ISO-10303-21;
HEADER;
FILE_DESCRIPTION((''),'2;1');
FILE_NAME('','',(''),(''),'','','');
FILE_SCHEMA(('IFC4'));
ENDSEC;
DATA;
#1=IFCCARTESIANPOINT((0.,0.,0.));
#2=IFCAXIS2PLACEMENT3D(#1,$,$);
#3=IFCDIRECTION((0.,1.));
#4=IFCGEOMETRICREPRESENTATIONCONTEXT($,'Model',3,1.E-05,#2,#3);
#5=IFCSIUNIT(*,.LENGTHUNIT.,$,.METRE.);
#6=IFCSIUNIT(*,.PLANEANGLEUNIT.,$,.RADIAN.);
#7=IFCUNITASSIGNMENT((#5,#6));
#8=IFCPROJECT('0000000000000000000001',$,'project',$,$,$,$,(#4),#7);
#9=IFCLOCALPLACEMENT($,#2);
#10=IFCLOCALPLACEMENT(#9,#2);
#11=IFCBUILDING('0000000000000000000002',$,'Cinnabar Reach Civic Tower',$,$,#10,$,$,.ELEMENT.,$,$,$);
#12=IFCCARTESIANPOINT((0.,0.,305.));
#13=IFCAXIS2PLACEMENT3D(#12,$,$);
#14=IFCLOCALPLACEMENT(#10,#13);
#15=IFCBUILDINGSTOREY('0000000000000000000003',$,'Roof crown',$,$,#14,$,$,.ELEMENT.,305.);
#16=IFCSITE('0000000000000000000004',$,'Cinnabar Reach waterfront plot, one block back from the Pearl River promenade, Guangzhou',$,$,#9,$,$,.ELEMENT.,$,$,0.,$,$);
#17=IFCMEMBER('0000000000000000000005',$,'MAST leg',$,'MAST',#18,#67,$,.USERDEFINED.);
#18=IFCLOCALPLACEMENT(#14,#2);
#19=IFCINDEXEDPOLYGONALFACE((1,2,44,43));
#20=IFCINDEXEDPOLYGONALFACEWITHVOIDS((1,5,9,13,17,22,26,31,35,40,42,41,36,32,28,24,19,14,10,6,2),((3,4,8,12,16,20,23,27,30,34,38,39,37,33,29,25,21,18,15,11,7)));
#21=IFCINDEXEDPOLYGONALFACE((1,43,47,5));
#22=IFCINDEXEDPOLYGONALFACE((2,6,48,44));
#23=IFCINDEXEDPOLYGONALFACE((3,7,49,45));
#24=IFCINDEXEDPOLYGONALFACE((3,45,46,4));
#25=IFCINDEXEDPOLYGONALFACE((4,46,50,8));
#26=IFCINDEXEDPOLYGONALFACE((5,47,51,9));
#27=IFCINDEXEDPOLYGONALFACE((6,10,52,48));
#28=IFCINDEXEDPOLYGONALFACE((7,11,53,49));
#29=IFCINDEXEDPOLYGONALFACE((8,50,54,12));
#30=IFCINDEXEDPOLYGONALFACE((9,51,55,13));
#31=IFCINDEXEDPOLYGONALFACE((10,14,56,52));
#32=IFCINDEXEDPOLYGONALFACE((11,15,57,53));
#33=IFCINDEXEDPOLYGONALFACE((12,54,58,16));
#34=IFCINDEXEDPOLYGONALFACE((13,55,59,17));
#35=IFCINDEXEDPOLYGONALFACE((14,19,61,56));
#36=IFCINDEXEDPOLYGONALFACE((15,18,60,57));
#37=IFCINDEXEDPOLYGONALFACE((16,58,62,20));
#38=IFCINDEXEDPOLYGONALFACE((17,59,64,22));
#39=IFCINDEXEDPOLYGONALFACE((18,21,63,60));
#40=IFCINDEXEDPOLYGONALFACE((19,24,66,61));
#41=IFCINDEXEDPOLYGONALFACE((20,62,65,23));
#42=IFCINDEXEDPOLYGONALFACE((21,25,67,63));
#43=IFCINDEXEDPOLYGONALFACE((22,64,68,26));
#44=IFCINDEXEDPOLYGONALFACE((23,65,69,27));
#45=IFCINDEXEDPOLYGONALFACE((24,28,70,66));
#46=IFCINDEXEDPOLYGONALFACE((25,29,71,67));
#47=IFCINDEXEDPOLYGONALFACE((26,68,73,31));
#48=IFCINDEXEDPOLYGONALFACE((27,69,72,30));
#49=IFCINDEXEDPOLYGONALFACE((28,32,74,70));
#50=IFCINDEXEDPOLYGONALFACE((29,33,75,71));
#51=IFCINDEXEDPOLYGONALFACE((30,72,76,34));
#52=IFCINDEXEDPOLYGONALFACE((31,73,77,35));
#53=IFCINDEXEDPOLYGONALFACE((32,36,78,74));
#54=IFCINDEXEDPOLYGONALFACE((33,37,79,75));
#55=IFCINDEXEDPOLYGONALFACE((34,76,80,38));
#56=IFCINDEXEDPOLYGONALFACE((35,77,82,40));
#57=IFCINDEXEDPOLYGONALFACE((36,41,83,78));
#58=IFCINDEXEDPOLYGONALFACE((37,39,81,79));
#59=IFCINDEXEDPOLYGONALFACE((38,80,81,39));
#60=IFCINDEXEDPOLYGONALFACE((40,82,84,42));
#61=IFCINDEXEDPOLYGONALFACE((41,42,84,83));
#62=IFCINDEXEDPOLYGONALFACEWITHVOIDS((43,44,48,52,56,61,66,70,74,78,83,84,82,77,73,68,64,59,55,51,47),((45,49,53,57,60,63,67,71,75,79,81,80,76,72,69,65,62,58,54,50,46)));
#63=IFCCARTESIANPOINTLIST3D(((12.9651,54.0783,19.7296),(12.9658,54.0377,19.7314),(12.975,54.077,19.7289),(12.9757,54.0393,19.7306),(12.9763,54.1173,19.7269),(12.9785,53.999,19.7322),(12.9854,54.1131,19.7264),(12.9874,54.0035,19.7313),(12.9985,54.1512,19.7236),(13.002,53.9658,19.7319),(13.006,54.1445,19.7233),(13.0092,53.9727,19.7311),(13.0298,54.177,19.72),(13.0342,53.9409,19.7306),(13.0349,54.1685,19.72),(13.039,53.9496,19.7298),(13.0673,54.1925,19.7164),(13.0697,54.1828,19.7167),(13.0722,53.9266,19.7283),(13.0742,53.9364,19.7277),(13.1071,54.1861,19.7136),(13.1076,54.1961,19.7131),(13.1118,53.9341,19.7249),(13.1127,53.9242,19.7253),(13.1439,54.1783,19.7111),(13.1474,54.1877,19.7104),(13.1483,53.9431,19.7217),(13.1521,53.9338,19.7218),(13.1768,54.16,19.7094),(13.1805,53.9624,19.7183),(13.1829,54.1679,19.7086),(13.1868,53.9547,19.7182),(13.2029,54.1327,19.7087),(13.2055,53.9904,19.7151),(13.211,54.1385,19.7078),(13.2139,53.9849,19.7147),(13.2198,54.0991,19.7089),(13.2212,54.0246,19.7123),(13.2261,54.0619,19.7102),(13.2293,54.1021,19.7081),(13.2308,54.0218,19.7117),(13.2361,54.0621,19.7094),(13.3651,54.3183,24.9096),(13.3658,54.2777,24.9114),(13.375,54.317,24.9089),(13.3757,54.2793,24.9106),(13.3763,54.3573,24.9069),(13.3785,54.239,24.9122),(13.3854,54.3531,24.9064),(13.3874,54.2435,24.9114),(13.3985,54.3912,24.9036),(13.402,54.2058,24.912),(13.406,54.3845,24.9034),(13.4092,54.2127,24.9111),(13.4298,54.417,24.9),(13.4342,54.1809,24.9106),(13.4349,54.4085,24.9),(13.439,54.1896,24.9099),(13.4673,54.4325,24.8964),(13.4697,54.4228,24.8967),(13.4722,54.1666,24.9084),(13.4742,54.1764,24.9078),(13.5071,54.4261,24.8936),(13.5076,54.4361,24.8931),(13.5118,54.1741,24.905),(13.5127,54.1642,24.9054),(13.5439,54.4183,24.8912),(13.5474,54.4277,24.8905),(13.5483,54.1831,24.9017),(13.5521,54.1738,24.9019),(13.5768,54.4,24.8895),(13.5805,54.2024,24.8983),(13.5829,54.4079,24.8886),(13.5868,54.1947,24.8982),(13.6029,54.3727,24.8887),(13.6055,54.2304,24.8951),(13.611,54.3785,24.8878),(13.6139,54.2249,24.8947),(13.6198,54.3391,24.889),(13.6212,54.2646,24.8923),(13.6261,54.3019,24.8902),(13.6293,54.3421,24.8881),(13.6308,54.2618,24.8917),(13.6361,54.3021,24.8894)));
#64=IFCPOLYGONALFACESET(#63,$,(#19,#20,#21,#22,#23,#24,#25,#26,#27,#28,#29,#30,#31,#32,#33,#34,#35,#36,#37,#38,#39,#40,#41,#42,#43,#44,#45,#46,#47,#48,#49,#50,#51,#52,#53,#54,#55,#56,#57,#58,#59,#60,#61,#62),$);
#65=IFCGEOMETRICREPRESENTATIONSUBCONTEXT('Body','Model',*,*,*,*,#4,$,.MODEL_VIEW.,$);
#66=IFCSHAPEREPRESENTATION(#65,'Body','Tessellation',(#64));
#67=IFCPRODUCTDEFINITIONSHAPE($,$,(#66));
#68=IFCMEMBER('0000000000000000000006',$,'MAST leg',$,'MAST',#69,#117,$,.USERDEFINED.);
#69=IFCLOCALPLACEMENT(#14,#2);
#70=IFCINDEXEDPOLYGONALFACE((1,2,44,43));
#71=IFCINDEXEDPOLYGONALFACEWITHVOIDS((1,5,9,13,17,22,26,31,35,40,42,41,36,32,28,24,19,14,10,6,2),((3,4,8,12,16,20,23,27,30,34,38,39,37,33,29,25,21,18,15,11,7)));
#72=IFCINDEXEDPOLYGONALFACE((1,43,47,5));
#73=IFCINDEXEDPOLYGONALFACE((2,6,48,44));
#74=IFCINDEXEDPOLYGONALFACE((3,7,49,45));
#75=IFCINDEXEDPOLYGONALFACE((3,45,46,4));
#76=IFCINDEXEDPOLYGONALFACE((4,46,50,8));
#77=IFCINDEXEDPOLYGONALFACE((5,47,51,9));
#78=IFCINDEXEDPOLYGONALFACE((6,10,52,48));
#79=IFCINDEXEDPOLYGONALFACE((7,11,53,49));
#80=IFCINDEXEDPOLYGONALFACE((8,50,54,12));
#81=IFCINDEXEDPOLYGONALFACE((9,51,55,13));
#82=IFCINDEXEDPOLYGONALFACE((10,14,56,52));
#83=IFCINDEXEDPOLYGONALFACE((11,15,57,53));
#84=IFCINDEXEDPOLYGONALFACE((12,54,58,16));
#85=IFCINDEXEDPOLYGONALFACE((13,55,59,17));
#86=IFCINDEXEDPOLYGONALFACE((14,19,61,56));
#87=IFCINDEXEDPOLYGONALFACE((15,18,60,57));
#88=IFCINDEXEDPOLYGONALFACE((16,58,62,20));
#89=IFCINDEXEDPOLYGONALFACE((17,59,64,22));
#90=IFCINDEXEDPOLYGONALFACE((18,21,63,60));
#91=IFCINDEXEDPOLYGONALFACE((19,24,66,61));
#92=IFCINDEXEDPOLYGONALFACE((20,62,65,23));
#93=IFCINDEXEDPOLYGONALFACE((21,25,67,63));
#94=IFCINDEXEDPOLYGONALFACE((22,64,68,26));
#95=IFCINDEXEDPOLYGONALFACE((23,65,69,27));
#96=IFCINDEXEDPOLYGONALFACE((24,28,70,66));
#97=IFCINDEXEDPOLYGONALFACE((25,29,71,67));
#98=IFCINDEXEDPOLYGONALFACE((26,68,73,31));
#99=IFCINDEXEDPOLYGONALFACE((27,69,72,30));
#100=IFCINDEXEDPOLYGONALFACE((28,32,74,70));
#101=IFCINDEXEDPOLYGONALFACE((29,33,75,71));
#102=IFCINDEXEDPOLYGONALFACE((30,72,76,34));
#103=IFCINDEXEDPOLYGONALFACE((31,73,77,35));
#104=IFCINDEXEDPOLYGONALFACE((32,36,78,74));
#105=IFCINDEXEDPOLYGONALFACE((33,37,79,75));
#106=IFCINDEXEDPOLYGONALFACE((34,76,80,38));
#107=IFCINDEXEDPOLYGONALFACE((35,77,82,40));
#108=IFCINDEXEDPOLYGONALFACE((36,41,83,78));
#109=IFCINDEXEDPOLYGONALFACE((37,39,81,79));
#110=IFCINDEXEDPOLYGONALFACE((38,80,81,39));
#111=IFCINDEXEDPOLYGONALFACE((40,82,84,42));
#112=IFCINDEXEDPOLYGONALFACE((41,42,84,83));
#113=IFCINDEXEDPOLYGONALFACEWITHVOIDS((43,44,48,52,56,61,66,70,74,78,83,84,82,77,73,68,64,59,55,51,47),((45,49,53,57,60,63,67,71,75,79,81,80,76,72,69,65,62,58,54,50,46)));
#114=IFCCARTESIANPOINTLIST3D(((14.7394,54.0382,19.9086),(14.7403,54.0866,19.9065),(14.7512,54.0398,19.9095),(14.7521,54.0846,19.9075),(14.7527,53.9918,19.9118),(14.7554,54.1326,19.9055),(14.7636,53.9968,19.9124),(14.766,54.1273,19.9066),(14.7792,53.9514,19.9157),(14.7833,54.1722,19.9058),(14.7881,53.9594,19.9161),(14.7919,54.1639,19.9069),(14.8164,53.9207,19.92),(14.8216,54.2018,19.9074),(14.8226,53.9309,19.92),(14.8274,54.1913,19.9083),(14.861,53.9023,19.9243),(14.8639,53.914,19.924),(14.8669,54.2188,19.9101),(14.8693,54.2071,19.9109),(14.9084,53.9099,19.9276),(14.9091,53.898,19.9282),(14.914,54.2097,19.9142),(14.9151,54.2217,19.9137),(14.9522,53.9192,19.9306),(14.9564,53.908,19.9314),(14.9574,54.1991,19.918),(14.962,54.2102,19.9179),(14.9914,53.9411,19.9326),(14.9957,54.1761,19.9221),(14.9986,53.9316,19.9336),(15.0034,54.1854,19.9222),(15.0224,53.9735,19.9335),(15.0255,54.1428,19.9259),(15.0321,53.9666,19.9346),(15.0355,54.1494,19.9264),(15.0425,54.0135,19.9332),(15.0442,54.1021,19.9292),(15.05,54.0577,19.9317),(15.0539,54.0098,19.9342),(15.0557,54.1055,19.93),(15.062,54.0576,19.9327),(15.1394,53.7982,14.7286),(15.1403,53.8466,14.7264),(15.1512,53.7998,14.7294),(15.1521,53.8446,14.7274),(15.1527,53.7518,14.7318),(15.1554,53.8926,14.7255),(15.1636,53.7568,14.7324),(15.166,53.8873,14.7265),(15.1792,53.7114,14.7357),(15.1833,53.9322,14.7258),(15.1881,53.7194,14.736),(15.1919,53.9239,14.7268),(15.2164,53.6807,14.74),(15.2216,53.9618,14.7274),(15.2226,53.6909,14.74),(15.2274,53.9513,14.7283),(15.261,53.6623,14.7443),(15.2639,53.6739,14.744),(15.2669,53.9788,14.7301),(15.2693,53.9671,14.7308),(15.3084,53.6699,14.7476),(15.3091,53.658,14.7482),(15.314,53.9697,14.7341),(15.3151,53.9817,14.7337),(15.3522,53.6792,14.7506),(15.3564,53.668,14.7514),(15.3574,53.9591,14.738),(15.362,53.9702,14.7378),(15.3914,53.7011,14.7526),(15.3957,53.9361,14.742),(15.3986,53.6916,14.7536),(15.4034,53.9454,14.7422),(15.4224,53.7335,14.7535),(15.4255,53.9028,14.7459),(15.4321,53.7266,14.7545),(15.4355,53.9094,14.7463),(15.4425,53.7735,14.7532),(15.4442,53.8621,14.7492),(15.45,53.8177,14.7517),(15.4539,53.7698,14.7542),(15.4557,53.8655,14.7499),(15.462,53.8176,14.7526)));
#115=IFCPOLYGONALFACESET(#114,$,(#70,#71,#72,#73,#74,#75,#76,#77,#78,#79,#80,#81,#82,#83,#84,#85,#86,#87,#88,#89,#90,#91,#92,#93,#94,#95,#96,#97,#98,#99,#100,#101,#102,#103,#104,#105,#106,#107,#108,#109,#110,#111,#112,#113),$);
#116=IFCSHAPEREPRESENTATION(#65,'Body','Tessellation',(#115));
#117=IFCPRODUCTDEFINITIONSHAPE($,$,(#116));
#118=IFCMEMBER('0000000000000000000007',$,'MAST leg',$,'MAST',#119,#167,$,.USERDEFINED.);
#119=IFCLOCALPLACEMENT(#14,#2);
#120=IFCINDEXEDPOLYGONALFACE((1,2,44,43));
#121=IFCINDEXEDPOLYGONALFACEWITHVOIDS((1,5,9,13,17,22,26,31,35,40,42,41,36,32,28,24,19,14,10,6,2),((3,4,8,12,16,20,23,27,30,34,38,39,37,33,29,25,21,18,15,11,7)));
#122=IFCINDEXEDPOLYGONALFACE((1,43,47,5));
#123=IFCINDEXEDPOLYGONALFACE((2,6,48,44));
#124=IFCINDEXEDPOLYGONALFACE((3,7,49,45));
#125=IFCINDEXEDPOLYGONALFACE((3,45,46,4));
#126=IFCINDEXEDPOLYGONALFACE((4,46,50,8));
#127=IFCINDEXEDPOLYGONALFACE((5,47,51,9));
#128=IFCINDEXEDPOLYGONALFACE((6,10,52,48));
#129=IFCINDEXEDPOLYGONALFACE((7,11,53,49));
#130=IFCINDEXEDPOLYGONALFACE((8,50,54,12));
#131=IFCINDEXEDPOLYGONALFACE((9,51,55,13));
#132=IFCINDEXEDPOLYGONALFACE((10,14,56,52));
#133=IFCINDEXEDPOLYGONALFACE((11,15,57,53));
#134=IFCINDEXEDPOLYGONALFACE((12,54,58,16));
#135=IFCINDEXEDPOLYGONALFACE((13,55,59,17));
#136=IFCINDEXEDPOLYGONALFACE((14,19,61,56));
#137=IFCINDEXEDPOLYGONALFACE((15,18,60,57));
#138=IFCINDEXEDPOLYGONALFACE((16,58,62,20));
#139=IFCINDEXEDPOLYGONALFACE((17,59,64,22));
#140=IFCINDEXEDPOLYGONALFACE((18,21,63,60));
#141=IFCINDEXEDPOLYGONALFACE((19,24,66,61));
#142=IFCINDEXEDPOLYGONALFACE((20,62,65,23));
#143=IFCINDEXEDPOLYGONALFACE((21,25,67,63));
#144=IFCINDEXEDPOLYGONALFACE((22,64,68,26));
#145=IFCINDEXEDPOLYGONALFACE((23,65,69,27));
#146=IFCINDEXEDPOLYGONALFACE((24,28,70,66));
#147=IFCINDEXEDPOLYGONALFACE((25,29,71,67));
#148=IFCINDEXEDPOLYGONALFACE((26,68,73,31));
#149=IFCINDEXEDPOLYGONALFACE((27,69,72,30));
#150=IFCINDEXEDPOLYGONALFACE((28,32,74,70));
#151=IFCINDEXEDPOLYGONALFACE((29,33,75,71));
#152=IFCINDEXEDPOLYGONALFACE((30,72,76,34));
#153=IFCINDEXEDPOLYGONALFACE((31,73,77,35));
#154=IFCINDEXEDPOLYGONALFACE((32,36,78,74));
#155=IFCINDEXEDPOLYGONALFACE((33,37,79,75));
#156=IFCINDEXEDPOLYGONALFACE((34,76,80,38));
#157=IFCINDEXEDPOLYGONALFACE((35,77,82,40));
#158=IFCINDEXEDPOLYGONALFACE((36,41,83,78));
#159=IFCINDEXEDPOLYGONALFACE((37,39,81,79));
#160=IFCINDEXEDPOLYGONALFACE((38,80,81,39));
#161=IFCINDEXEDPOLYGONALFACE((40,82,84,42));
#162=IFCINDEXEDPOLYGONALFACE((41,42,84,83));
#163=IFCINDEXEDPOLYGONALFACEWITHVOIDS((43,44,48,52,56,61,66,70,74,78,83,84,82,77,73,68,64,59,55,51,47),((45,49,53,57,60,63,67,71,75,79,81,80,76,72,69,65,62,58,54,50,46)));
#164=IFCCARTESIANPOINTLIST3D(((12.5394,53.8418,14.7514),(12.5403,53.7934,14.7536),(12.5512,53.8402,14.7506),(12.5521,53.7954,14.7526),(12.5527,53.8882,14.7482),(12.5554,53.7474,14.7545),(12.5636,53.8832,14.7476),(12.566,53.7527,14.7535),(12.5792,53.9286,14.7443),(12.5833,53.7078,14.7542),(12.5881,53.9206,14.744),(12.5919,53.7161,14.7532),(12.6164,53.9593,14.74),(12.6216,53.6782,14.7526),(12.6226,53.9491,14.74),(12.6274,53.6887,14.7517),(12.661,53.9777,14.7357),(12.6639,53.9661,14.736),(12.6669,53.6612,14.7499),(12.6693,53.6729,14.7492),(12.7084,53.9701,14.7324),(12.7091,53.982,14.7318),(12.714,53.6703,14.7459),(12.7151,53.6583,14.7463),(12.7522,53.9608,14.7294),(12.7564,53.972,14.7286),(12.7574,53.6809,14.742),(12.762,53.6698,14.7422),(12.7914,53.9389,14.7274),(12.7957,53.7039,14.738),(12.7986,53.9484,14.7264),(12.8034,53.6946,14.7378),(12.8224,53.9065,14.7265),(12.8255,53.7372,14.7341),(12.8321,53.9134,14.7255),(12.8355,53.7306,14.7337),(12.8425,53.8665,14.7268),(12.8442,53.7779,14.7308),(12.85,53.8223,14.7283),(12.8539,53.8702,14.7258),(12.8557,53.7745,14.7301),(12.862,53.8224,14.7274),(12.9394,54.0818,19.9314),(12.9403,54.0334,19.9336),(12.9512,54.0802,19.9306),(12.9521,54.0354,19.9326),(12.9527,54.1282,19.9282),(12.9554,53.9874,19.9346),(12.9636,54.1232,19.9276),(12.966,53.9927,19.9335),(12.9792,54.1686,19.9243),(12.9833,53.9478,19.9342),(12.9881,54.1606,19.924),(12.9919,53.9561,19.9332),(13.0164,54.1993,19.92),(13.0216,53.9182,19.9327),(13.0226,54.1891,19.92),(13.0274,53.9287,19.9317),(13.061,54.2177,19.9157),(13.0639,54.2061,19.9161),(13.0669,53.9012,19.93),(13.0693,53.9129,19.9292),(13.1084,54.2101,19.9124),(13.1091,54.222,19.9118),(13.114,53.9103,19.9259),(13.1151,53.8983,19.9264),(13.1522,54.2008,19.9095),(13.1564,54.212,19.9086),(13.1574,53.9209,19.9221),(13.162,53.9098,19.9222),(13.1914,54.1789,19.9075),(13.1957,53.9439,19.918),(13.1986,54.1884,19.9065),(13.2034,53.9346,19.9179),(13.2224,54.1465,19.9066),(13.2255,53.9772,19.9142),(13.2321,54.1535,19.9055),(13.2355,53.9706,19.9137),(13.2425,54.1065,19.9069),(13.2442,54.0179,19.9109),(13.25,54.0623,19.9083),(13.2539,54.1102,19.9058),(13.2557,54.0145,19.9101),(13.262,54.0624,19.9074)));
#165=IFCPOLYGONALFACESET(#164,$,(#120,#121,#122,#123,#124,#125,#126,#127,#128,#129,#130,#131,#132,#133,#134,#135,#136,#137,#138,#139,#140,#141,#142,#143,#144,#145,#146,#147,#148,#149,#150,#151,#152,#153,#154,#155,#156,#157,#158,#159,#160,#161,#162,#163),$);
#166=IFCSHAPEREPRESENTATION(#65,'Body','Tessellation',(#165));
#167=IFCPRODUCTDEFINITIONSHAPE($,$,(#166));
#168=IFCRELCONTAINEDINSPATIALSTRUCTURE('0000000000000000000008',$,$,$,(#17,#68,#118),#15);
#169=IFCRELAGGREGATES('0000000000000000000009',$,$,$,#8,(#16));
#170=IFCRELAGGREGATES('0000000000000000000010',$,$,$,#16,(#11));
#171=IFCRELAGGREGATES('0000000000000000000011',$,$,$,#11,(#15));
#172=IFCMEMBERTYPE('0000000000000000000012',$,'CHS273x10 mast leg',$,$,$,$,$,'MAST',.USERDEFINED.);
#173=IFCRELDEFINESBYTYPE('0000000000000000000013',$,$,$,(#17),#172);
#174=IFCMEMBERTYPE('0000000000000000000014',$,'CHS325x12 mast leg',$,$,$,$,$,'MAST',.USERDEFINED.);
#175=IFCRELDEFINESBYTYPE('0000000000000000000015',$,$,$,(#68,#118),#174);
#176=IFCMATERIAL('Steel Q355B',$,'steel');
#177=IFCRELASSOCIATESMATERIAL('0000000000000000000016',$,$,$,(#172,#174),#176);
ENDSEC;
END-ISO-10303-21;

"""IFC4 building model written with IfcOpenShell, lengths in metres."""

from ifc_helpers import new_model, si_unit, direction, frame, origin, origin_2d, place, context, subcontext, project, spatial, hollow_circle, extrude, material, material_profile, profile_set, type_object, element, save


model = new_model("IFC4")

# Units and contexts
model_context = context("Model", 3, precision=1e-05, world=origin(), true_north=direction((0.0, 1.0)))
body_context = subcontext(model_context, "Body", "Model", "MODEL_VIEW")
ifc_project = project(units=[si_unit("LENGTHUNIT", "METRE"), si_unit("PLANEANGLEUNIT", "RADIAN")], contexts=[model_context])

# Site, building, storey
site_placement = place(None, origin())
site = spatial("IfcSite", under=ifc_project, at=site_placement, Name="Cinnabar Reach waterfront plot, one block back from the Pearl River promenade, Guangzhou", CompositionType="ELEMENT", RefElevation=0.0)
building_placement = place(site_placement, origin())
building = spatial("IfcBuilding", under=site, at=building_placement, Name="Cinnabar Reach Civic Tower", CompositionType="ELEMENT")
storey_placement = place(building_placement, frame((0.0, 0.0, 305.0)))
storey = spatial("IfcBuildingStorey", under=building, at=storey_placement, Name="Roof crown", CompositionType="ELEMENT", Elevation=305.0)

# Members
ifc_material_1 = material(Name="Steel Q355B", Category="steel")
ifc_material_profile_1 = material_profile(ifc_material_1, hollow_circle(Radius=0.1365, WallThickness=0.01, at=origin_2d()), Name="CHS273x10")
ifc_profile_set_1 = profile_set([ifc_material_profile_1], Name="Steel Q355B")
member_type_1 = type_object("IfcMemberType", Name="CHS273x10 mast leg", ElementType="MAST", PredefinedType="USERDEFINED", material=ifc_profile_set_1)
for number, where, z_axis, x_axis, name in (
    (1, (13.1, 54.06, 19.72), (0.076909, 0.046145, 0.99597), (-0.514496, 0.857493, 0.0), "MAST leg"),
):
    element("IfcMember", number, at=place(storey_placement, frame(where, z_axis=z_axis, x_axis=x_axis)), inside=storey, type_object=member_type_1, Name=name, ObjectType="MAST", PredefinedType="USERDEFINED", context=body_context, shape_type="SweptSolid", body=[
        extrude(hollow_circle(Radius=0.1365, WallThickness=0.01, at=origin_2d()), origin(), (0.0, 0.0, 1.0), 5.201),
    ])
ifc_material_profile_2 = material_profile(ifc_material_1, hollow_circle(Radius=0.1625, WallThickness=0.012, at=origin_2d()), Name="CHS325x12")
ifc_profile_set_2 = profile_set([ifc_material_profile_2], Name="Steel Q355B")
member_type_2 = type_object("IfcMemberType", Name="CHS325x12 mast leg", ElementType="MAST", PredefinedType="USERDEFINED", material=ifc_profile_set_2)
for number, where, z_axis, x_axis, name in (
    (2, (15.3, 53.82, 14.74), (-0.076909, 0.046145, 0.99597), (-0.514496, -0.857493, 0.0), "MAST leg"),
    (3, (12.7, 53.82, 14.74), (0.076909, 0.046145, 0.99597), (-0.514496, 0.857493, 0.0), "MAST leg"),
):
    element("IfcMember", number, at=place(storey_placement, frame(where, z_axis=z_axis, x_axis=x_axis)), inside=storey, type_object=member_type_2, Name=name, ObjectType="MAST", PredefinedType="USERDEFINED", context=body_context, shape_type="SweptSolid", body=[
        extrude(hollow_circle(Radius=0.1625, WallThickness=0.012, at=origin_2d()), origin(), (0.0, 0.0, 1.0), 5.201),
    ])

save(model, "model.ifc")
